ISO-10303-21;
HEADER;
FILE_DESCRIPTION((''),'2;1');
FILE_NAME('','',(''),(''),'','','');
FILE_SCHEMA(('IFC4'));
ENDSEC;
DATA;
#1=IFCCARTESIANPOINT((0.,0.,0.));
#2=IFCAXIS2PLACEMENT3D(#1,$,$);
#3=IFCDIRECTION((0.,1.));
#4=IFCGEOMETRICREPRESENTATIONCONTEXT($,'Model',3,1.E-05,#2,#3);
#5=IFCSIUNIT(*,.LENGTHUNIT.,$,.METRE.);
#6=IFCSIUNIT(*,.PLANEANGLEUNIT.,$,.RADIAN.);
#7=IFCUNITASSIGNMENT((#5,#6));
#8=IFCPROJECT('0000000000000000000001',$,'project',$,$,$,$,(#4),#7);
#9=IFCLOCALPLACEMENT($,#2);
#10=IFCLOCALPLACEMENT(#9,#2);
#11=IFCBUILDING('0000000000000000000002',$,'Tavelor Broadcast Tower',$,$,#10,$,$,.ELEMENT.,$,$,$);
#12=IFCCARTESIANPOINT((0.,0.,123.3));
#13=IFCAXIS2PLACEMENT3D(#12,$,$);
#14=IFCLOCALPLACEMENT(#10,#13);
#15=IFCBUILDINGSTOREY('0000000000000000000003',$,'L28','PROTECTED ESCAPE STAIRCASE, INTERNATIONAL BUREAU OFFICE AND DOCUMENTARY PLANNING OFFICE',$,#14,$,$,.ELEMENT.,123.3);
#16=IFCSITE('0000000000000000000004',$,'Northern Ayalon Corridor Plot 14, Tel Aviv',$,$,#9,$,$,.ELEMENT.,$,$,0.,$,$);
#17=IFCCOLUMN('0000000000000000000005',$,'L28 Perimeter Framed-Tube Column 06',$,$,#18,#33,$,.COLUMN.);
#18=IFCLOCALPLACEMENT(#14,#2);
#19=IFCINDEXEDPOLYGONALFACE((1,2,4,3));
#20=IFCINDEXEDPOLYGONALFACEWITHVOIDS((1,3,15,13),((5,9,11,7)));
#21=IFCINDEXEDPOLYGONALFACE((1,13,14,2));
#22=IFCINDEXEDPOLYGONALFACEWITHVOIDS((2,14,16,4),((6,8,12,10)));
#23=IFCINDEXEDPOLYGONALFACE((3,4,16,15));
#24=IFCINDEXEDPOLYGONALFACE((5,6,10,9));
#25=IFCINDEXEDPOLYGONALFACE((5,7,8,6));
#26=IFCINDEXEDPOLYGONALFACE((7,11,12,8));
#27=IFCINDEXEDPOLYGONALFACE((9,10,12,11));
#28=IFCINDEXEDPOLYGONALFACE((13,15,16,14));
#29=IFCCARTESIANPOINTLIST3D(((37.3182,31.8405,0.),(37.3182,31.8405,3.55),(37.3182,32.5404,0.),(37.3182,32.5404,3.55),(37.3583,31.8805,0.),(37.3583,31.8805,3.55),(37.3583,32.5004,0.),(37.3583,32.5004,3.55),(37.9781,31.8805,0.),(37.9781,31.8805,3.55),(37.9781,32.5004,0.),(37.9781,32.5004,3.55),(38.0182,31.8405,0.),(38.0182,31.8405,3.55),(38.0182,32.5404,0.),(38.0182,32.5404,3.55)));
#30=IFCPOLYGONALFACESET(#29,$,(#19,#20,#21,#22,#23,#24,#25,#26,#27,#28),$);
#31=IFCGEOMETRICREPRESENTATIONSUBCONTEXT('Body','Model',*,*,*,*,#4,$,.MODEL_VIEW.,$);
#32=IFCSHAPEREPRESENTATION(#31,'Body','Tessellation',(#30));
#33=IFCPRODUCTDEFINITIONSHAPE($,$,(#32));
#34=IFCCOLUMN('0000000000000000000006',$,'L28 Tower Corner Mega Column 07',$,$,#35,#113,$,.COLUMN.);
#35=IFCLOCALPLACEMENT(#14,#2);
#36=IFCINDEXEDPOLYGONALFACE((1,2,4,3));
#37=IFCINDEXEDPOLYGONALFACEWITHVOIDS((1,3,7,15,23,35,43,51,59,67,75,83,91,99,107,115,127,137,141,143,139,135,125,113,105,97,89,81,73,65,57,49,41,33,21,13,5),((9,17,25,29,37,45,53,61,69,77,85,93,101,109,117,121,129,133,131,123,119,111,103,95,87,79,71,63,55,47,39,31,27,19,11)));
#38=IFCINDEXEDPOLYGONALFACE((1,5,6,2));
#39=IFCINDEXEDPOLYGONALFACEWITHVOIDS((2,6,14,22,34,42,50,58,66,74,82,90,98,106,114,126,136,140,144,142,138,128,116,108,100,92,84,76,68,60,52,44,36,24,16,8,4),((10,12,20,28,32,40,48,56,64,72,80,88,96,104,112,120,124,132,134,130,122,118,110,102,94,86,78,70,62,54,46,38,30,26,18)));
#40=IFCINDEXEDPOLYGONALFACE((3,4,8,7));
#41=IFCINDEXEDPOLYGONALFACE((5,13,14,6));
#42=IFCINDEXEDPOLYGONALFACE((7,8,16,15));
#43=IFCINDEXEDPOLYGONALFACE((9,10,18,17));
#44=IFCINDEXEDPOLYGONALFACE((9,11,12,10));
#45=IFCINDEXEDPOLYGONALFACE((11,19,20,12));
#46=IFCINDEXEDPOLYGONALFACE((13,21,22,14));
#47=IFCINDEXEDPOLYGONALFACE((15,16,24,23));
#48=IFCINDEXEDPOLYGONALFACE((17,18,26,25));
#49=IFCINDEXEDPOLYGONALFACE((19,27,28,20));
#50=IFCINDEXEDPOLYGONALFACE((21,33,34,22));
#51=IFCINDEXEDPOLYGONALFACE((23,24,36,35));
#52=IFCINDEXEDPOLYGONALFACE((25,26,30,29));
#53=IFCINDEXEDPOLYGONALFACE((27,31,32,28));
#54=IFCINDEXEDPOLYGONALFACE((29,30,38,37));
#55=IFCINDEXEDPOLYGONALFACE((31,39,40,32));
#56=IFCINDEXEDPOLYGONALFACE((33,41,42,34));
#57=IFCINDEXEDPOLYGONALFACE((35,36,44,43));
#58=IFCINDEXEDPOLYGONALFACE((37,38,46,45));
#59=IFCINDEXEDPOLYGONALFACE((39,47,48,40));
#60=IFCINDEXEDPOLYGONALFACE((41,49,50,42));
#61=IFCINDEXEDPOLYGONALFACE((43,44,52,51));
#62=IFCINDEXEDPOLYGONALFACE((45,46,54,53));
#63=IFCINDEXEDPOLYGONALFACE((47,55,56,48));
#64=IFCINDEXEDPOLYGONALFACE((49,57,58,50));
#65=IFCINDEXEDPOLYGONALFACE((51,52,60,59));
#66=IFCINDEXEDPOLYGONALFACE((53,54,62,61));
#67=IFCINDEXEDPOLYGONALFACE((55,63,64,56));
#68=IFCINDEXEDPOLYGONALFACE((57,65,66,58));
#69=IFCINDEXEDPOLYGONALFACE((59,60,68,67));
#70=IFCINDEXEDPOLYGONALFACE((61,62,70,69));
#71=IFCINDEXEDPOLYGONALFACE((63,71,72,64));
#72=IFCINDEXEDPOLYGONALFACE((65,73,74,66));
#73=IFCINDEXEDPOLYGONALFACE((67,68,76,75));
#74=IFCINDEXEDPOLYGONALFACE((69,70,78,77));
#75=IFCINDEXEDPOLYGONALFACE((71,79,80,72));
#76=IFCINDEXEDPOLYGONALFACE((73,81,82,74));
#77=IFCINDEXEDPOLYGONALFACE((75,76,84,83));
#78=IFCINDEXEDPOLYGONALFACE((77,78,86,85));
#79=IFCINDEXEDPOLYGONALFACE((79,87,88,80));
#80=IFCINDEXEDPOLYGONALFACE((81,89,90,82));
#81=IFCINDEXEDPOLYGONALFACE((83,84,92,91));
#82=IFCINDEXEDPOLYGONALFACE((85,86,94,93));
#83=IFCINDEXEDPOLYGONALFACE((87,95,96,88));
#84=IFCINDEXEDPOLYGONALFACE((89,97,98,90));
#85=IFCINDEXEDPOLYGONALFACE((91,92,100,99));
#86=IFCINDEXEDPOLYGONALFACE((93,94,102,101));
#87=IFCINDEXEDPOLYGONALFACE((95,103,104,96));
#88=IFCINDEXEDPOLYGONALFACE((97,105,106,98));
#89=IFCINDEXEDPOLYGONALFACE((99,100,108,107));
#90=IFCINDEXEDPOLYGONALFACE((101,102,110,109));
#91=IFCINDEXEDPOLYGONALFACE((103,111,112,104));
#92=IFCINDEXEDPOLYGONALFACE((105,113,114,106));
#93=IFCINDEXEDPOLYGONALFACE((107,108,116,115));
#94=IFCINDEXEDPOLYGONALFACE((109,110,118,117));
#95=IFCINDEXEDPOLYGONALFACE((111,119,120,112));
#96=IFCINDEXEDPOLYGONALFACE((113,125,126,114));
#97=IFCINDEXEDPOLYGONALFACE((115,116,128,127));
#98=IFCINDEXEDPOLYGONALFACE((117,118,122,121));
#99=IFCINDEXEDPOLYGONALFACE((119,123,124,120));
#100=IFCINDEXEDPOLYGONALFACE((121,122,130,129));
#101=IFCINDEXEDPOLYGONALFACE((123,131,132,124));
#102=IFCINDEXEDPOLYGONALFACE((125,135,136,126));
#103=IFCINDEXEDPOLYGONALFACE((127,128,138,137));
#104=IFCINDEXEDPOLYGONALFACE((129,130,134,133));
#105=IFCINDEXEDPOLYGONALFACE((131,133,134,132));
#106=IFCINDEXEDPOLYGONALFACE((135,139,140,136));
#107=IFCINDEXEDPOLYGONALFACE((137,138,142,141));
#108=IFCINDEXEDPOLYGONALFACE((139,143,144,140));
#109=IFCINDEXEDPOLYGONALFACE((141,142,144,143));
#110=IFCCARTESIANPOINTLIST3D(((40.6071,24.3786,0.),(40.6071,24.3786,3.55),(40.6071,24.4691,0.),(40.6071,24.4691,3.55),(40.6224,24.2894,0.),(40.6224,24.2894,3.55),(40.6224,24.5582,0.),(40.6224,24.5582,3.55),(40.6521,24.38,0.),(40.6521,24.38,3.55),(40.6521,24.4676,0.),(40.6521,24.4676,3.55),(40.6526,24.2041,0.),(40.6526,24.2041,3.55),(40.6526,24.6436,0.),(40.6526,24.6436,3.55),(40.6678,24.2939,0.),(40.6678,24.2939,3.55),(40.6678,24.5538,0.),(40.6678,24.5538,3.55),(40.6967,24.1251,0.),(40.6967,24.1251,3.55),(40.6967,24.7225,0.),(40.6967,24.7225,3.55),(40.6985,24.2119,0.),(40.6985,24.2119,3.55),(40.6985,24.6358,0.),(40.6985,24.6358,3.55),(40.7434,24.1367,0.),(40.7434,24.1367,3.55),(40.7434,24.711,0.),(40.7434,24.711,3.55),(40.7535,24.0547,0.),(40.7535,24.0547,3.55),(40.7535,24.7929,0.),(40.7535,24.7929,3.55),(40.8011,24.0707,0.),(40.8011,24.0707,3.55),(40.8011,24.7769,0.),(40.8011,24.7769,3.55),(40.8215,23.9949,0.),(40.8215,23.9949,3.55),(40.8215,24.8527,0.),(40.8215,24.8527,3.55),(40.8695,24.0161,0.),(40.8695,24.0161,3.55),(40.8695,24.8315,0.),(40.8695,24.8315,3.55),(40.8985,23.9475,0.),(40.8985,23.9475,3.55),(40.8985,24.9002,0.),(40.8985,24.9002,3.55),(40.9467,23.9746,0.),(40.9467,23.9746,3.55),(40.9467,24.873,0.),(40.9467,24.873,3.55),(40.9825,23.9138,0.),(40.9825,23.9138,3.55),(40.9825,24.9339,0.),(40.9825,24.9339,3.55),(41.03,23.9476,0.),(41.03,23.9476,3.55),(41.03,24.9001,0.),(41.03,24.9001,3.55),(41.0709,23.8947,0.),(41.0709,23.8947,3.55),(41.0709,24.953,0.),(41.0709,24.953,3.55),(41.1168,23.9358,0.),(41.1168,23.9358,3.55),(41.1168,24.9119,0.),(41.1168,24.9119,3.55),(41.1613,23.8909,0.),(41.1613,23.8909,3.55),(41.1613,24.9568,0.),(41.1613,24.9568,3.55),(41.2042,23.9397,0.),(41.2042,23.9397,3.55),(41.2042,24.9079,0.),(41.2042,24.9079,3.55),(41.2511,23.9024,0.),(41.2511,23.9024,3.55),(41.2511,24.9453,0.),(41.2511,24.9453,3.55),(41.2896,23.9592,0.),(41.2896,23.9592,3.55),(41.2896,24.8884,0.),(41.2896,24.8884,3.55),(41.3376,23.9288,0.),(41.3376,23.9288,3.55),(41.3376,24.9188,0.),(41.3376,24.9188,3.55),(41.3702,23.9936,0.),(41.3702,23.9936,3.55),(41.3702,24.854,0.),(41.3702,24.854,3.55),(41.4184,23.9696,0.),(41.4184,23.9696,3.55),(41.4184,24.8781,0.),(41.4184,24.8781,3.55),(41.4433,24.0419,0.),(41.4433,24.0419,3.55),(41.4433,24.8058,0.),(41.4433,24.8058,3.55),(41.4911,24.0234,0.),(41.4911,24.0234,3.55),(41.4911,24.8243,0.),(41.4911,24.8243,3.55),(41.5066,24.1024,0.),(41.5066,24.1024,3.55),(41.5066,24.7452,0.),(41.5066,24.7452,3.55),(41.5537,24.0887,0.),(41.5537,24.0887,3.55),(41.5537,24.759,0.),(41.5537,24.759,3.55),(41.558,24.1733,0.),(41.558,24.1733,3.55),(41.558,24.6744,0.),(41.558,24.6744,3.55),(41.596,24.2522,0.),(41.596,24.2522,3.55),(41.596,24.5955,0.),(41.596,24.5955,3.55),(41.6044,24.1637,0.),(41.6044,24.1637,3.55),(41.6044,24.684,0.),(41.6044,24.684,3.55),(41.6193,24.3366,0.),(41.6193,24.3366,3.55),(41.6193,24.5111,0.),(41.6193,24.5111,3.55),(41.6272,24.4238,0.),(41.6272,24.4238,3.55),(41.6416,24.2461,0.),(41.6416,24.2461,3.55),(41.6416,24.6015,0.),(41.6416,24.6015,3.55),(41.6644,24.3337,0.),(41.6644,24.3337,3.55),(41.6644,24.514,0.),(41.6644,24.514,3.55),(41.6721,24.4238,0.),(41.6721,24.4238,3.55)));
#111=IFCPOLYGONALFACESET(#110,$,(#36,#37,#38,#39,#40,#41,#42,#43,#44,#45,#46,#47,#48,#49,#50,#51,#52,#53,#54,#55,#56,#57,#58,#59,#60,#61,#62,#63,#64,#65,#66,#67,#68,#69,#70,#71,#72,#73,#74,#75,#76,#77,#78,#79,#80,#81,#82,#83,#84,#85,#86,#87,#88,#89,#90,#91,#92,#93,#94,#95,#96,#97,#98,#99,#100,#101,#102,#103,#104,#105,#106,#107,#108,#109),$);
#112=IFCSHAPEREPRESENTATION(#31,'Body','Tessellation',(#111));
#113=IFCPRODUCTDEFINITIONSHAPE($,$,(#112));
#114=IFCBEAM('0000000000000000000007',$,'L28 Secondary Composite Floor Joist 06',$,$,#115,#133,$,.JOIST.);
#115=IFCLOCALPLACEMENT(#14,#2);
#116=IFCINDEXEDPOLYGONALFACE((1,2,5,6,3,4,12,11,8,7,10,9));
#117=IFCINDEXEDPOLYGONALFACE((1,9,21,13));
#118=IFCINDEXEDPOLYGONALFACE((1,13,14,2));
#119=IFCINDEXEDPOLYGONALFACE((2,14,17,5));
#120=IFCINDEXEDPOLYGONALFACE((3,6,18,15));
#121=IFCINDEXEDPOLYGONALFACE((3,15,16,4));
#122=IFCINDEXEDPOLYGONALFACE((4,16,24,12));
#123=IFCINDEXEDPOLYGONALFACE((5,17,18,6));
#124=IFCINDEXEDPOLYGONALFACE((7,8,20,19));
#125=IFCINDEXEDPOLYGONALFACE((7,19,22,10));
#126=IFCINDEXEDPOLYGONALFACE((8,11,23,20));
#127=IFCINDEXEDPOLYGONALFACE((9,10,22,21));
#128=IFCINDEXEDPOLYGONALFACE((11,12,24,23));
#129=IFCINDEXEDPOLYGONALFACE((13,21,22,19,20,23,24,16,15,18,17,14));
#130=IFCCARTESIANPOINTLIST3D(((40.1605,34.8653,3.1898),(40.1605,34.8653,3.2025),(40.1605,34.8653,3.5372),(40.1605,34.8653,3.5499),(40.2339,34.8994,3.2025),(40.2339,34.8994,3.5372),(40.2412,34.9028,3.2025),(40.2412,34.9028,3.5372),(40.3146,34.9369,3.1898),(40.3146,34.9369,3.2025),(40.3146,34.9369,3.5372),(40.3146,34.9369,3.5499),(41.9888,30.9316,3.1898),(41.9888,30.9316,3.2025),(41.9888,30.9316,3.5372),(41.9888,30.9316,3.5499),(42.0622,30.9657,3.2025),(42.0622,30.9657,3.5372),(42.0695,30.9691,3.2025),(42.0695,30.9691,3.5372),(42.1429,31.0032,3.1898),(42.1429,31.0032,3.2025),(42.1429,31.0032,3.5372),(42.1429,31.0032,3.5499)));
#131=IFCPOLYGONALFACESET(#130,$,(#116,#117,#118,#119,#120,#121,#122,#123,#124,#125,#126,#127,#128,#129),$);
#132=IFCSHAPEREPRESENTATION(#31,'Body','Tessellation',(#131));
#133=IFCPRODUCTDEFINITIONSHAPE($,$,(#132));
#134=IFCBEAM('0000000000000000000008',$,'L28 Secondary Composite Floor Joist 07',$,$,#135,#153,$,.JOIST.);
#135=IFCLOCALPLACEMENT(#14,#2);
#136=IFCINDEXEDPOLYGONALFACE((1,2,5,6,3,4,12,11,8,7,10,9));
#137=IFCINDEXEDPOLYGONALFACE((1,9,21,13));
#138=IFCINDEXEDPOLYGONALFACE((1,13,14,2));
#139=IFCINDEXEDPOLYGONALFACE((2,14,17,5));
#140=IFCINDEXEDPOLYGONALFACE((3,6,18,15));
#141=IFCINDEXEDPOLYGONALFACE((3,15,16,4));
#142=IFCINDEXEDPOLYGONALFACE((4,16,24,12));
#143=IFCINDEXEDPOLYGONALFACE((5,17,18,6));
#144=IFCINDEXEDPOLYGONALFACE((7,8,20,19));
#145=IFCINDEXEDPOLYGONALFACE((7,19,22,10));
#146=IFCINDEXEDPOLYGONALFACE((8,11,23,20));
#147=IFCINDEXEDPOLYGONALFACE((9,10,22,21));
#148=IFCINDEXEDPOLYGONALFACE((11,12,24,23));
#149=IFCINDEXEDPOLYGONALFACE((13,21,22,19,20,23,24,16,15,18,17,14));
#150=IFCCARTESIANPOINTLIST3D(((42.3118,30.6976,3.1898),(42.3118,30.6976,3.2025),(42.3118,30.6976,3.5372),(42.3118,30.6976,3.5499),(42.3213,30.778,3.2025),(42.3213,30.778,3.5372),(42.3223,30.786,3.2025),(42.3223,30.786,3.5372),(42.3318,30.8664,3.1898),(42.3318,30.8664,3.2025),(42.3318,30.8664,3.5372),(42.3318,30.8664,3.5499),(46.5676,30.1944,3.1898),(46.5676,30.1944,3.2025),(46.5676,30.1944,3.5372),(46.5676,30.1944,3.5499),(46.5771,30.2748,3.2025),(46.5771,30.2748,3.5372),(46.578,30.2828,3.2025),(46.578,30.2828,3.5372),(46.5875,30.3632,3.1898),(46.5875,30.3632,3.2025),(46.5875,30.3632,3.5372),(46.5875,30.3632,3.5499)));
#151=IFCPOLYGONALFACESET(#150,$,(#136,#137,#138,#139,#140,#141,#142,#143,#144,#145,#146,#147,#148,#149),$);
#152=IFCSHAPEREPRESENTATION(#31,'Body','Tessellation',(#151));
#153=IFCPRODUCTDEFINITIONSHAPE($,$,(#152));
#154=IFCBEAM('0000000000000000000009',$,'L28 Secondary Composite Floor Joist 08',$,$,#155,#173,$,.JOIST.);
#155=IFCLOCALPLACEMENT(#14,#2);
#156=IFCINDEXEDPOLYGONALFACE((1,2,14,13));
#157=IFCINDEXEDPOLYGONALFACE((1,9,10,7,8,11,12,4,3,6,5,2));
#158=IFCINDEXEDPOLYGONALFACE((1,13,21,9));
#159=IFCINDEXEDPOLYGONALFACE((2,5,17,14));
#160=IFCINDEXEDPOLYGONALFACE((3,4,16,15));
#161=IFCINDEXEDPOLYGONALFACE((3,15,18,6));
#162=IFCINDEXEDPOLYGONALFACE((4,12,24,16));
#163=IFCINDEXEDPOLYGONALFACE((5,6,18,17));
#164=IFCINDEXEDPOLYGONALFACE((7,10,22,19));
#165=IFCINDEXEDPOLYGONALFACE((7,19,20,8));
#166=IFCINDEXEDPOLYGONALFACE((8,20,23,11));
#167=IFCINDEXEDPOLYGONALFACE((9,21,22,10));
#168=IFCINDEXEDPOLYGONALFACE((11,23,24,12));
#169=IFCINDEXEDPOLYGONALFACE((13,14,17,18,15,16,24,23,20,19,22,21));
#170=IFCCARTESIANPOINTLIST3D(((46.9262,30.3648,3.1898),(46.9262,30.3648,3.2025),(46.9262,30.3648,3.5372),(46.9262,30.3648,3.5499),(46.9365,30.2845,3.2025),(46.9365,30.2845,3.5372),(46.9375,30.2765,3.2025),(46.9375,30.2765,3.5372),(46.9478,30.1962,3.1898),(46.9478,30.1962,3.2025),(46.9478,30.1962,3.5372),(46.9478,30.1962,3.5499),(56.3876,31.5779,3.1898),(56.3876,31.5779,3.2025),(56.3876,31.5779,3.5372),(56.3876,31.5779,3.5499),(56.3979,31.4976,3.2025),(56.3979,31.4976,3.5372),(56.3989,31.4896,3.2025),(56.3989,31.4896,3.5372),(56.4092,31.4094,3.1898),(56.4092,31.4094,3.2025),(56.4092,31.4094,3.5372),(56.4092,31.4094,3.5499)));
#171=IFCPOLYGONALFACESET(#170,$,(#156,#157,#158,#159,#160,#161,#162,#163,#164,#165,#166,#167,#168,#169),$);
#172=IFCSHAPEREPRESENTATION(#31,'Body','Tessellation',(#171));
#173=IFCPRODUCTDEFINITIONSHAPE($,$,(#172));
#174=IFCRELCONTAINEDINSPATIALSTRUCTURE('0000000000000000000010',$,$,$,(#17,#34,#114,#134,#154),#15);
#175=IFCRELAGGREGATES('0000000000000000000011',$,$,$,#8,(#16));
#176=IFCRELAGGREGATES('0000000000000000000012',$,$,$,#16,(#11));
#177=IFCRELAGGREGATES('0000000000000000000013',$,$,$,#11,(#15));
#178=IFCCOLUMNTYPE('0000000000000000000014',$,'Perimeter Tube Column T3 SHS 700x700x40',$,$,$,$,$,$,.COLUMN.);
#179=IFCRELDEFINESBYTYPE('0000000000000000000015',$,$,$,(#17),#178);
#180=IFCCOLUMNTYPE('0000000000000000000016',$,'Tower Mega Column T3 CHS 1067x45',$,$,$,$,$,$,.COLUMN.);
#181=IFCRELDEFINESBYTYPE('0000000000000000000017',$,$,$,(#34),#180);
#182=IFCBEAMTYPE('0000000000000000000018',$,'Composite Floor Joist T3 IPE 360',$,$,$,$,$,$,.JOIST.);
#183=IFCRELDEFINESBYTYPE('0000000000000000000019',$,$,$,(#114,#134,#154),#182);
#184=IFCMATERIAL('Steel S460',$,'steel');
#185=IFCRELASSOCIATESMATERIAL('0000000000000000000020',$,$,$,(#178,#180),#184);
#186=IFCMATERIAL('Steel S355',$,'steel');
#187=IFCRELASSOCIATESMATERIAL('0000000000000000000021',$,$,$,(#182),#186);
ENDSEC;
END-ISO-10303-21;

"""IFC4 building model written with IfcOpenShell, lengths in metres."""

from ifc_helpers import new_model, si_unit, direction, frame, origin, origin_2d, place, context, subcontext, project, spatial, hollow_rectangle, hollow_circle, i_section, extrude, material, material_profile, profile_set, type_object, element, save


model = new_model("IFC4")

# Units and contexts
model_context = context("Model", 3, precision=1e-05, world=origin(), true_north=direction((0.0, 1.0)))
body_context = subcontext(model_context, "Body", "Model", "MODEL_VIEW")
ifc_project = project(units=[si_unit("LENGTHUNIT", "METRE"), si_unit("PLANEANGLEUNIT", "RADIAN")], contexts=[model_context])

# Site, building, storey
site_placement = place(None, origin())
site = spatial("IfcSite", under=ifc_project, at=site_placement, Name="Northern Ayalon Corridor Plot 14, Tel Aviv", CompositionType="ELEMENT", RefElevation=0.0)
building_placement = place(site_placement, origin())
building = spatial("IfcBuilding", under=site, at=building_placement, Name="Tavelor Broadcast Tower", CompositionType="ELEMENT")
storey_placement = place(building_placement, frame((0.0, 0.0, 123.3)))
storey = spatial("IfcBuildingStorey", under=building, at=storey_placement, Name="L28", Description="PROTECTED ESCAPE STAIRCASE, INTERNATIONAL BUREAU OFFICE AND DOCUMENTARY PLANNING OFFICE", CompositionType="ELEMENT", Elevation=123.3)

# Columns
ifc_material_1 = material(Name="Steel S460", Category="steel")
ifc_material_profile_1 = material_profile(ifc_material_1, hollow_rectangle(XDim=0.7, YDim=0.7, WallThickness=0.04, at=origin_2d()), Name="SHS 700x700x40")
ifc_profile_set_1 = profile_set([ifc_material_profile_1], Name="Steel S460")
column_type_1 = type_object("IfcColumnType", Name="Perimeter Tube Column T3 SHS 700x700x40", PredefinedType="COLUMN", material=ifc_profile_set_1)
column_1_placement = place(storey_placement, frame((37.6682, 32.1904, 0.0), z_axis=(0.0, 0.0, 1.0), x_axis=(1.0, 0.0, 0.0)))
element("IfcColumn", 1, at=column_1_placement, inside=storey, type_object=column_type_1, Name="L28 Perimeter Framed-Tube Column 06", PredefinedType="COLUMN", context=body_context, shape_type="SweptSolid", body=[
    extrude(hollow_rectangle(XDim=0.7, YDim=0.7, WallThickness=0.04, at=origin_2d()), origin(), (0.0, 0.0, 1.0), 3.55),
])
ifc_material_profile_2 = material_profile(ifc_material_1, hollow_circle(Radius=0.5334, WallThickness=0.0449, at=origin_2d()), Name="CHS 1067x45")
ifc_profile_set_2 = profile_set([ifc_material_profile_2], Name="Steel S460")
column_type_2 = type_object("IfcColumnType", Name="Tower Mega Column T3 CHS 1067x45", PredefinedType="COLUMN", material=ifc_profile_set_2)
column_2_placement = place(storey_placement, frame((41.1387, 24.4238, 0.0), z_axis=(0.0, 0.0, 1.0), x_axis=(1.0, 0.0, 0.0)))
element("IfcColumn", 2, at=column_2_placement, inside=storey, type_object=column_type_2, Name="L28 Tower Corner Mega Column 07", PredefinedType="COLUMN", context=body_context, shape_type="SweptSolid", body=[
    extrude(hollow_circle(Radius=0.5334, WallThickness=0.0449, at=origin_2d()), origin(), (0.0, 0.0, 1.0), 3.55),
])

# Beams
ifc_material_2 = material(Name="Steel S355", Category="steel")
ifc_material_profile_3 = material_profile(ifc_material_2, i_section(OverallWidth=0.1699, OverallDepth=0.3601, WebThickness=0.0081, FlangeThickness=0.0127, at=origin_2d()), Name="IPE 360")
ifc_profile_set_3 = profile_set([ifc_material_profile_3], Name="Steel S355")
beam_type_1 = type_object("IfcBeamType", Name="Composite Floor Joist T3 IPE 360", PredefinedType="JOIST", material=ifc_profile_set_3)
beam_1_placement = place(storey_placement, frame((40.2375, 34.9011, 3.3699), z_axis=(0.42148, -0.906838, 0.0), x_axis=(0.906838, 0.42148, 0.0)))
element("IfcBeam", 3, at=beam_1_placement, inside=storey, type_object=beam_type_1, Name="L28 Secondary Composite Floor Joist 06", PredefinedType="JOIST", context=body_context, shape_type="SweptSolid", body=[
    extrude(i_section(OverallWidth=0.1699, OverallDepth=0.3601, WebThickness=0.0081, FlangeThickness=0.0127, at=origin_2d()), origin(), (0.0, 0.0, 1.0), 4.3379),
])
beam_2_placement = place(storey_placement, frame((42.3218, 30.782, 3.3699), z_axis=(0.993083, -0.117413, 0.0), x_axis=(0.117413, 0.993083, 0.0)))
element("IfcBeam", 4, at=beam_2_placement, inside=storey, type_object=beam_type_1, Name="L28 Secondary Composite Floor Joist 07", PredefinedType="JOIST", context=body_context, shape_type="SweptSolid", body=[
    extrude(i_section(OverallWidth=0.1699, OverallDepth=0.3601, WebThickness=0.0081, FlangeThickness=0.0127, at=origin_2d()), origin(), (0.0, 0.0, 1.0), 4.2854),
])
beam_3_placement = place(storey_placement, frame((46.937, 30.2805, 3.3699), z_axis=(0.99188, 0.127178, 0.0), x_axis=(-0.127178, 0.99188, 0.0)))
element("IfcBeam", 5, at=beam_3_placement, inside=storey, type_object=beam_type_1, Name="L28 Secondary Composite Floor Joist 08", PredefinedType="JOIST", context=body_context, shape_type="SweptSolid", body=[
    extrude(i_section(OverallWidth=0.1699, OverallDepth=0.3601, WebThickness=0.0081, FlangeThickness=0.0127, at=origin_2d()), origin(), (0.0, 0.0, 1.0), 9.5388),
])

save(model, "model.ifc")
